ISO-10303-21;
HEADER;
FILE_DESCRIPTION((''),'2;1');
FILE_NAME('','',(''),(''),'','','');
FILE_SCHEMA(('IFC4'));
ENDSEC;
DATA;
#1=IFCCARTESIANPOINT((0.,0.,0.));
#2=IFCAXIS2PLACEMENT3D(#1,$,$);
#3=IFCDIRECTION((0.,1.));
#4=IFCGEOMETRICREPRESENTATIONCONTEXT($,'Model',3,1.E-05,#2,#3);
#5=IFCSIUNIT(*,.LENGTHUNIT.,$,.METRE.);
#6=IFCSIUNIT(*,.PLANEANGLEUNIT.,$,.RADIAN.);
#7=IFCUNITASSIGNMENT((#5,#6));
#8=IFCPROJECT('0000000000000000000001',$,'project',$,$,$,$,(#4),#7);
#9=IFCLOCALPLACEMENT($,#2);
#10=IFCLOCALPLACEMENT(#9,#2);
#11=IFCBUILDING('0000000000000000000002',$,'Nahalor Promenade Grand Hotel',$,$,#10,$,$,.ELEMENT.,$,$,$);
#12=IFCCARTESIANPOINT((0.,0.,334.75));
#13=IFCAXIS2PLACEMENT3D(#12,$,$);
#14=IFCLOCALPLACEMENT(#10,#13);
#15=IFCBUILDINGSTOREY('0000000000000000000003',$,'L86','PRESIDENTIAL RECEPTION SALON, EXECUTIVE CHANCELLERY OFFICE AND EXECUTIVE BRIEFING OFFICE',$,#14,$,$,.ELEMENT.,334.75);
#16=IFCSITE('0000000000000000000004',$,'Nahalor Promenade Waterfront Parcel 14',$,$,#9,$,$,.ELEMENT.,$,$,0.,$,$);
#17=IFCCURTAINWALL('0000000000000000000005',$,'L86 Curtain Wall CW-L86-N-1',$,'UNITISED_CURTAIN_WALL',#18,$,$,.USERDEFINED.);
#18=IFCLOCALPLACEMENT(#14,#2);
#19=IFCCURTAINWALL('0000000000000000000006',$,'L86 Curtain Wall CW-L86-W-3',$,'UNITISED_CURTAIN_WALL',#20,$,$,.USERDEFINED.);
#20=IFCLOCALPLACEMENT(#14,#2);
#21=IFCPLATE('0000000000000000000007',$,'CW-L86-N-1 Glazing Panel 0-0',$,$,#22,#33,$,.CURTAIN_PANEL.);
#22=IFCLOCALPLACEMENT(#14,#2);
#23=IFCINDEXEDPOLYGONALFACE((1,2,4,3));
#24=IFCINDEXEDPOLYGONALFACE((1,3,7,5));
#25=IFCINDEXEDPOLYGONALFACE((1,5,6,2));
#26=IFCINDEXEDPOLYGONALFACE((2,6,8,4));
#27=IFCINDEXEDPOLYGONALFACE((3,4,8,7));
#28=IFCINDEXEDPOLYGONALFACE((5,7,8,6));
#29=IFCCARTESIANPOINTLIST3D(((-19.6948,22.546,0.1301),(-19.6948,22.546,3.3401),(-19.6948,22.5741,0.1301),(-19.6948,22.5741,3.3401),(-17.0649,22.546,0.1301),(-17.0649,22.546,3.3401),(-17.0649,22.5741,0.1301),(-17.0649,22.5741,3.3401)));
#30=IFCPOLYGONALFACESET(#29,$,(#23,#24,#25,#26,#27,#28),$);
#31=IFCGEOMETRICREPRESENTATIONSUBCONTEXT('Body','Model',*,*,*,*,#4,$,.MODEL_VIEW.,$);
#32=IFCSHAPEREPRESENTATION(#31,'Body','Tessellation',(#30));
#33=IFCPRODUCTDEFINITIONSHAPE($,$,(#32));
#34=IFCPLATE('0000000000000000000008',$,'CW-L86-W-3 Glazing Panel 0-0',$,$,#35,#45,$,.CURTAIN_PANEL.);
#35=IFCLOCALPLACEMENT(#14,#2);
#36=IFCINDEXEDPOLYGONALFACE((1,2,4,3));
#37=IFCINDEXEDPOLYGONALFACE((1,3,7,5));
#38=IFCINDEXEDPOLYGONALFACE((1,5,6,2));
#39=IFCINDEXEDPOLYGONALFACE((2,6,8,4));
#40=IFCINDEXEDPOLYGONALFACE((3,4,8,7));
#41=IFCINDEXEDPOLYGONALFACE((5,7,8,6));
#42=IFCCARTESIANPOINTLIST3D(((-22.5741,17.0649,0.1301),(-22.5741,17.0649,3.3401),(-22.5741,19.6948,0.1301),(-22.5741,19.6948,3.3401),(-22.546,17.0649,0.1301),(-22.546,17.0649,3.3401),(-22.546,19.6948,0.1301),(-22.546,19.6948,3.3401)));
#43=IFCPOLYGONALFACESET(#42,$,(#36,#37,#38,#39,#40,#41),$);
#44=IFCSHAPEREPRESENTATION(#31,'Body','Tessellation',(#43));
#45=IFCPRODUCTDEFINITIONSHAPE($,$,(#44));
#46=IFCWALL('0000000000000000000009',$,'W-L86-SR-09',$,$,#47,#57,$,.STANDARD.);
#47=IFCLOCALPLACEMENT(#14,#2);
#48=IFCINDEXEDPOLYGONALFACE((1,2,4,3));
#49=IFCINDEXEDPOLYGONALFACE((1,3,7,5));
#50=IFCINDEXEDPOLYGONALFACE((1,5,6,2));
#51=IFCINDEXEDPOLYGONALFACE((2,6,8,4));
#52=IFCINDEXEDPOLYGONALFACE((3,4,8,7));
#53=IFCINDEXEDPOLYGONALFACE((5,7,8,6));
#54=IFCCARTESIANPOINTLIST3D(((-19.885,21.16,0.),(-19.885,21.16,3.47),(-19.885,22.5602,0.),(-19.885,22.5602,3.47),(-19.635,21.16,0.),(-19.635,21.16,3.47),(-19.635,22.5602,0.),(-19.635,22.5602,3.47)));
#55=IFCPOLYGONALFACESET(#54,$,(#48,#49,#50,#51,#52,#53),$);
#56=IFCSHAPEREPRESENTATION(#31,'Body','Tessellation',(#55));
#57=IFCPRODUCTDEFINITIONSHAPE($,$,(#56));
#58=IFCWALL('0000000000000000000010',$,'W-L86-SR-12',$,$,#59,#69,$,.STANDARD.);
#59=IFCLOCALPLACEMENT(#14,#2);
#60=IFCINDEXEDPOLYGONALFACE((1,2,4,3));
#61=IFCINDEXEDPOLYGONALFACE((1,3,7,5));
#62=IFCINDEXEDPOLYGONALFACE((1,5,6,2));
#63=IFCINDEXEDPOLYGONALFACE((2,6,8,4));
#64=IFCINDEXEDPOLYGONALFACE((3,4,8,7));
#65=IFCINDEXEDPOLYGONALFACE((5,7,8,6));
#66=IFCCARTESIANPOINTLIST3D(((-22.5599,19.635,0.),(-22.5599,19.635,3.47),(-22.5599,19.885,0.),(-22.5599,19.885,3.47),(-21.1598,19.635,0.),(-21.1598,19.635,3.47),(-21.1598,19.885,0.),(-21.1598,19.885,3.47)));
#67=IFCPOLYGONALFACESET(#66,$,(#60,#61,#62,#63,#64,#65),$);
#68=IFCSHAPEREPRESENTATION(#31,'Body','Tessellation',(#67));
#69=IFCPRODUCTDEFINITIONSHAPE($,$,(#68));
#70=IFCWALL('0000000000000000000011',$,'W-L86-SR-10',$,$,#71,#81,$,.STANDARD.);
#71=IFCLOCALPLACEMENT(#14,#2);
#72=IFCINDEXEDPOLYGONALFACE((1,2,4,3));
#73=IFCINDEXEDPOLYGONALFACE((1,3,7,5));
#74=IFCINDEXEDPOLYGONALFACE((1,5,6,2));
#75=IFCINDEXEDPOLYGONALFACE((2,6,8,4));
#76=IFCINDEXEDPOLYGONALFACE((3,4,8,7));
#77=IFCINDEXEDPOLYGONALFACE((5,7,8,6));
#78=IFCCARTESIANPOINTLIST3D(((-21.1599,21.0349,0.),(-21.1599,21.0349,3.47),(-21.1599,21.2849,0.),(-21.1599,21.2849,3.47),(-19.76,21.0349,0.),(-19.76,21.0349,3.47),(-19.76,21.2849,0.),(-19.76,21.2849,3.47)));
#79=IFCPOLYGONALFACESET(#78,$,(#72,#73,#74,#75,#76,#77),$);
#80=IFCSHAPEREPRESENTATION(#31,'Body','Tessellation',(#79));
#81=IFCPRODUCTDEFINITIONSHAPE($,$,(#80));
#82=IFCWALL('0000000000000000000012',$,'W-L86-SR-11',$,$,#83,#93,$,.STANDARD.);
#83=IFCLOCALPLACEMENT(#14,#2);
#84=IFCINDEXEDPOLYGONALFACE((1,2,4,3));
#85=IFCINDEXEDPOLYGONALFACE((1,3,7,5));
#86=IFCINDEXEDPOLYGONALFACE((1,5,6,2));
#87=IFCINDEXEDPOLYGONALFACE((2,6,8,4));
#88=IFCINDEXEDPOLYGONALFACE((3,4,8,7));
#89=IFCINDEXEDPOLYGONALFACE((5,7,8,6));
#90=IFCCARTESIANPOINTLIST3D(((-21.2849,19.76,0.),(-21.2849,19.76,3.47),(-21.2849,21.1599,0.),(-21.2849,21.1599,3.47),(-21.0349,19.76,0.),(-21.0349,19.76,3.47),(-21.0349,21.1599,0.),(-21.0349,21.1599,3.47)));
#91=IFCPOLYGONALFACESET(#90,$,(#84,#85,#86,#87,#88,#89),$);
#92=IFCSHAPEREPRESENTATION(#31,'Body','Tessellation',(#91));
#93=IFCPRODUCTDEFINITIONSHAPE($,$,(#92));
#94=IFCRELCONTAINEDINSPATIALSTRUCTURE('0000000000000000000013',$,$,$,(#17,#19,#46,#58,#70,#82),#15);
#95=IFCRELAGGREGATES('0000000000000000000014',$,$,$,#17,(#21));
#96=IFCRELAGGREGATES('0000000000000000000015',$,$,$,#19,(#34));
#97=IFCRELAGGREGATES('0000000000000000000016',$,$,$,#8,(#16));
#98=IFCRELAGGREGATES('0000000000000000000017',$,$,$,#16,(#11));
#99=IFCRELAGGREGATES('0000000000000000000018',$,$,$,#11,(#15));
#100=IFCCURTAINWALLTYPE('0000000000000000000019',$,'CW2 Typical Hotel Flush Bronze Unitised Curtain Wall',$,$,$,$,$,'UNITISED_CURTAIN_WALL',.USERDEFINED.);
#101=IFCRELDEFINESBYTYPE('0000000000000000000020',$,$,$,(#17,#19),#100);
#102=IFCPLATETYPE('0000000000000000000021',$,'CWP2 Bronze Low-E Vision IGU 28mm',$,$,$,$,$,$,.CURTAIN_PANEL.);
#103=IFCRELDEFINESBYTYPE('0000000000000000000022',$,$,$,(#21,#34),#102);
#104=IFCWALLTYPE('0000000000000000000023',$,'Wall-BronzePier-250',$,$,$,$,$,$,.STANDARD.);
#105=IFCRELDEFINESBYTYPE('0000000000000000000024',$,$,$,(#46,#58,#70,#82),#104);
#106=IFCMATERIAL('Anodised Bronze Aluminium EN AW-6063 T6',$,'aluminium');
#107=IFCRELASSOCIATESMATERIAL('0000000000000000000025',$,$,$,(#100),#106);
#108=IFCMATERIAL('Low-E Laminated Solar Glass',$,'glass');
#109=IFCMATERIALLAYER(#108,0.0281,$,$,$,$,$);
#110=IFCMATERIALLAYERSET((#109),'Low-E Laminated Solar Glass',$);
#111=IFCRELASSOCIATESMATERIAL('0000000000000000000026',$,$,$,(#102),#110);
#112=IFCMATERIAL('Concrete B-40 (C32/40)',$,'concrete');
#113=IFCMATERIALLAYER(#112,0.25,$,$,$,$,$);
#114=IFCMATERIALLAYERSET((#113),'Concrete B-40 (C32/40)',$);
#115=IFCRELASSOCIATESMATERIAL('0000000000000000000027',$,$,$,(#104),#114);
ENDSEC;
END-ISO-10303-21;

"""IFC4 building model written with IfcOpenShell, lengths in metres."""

from ifc_helpers import new_model, si_unit, direction, frame, frame_2d, origin, origin_2d, place, context, subcontext, project, spatial, rectangle, extrude, source, transform, mapped, material, layer, layer_set, type_object, element, aggregate, save


model = new_model("IFC4")

# Units and contexts
model_context = context("Model", 3, precision=1e-05, world=origin(), true_north=direction((0.0, 1.0)))
body_context = subcontext(model_context, "Body", "Model", "MODEL_VIEW")
ifc_project = project(units=[si_unit("LENGTHUNIT", "METRE"), si_unit("PLANEANGLEUNIT", "RADIAN")], contexts=[model_context])

# Site, building, storey
site_placement = place(None, origin())
site = spatial("IfcSite", under=ifc_project, at=site_placement, Name="Nahalor Promenade Waterfront Parcel 14", CompositionType="ELEMENT", RefElevation=0.0)
building_placement = place(site_placement, origin())
building = spatial("IfcBuilding", under=site, at=building_placement, Name="Nahalor Promenade Grand Hotel", CompositionType="ELEMENT")
storey_placement = place(building_placement, frame((0.0, 0.0, 334.75)))
storey = spatial("IfcBuildingStorey", under=building, at=storey_placement, Name="L86", Description="PRESIDENTIAL RECEPTION SALON, EXECUTIVE CHANCELLERY OFFICE AND EXECUTIVE BRIEFING OFFICE", CompositionType="ELEMENT", Elevation=334.75)

# Curtain walls
ifc_material_1 = material(Name="Anodised Bronze Aluminium EN AW-6063 T6", Category="aluminium")
curtain_wall_type = type_object("IfcCurtainWallType", Name="CW2 Typical Hotel Flush Bronze Unitised Curtain Wall", ElementType="UNITISED_CURTAIN_WALL", PredefinedType="USERDEFINED", material=ifc_material_1)
curtain_wall_1_placement = place(storey_placement, origin())
curtain_wall_1 = element("IfcCurtainWall", 1, at=curtain_wall_1_placement, inside=storey, type_object=curtain_wall_type, Name="L86 Curtain Wall CW-L86-N-1", ObjectType="UNITISED_CURTAIN_WALL", PredefinedType="USERDEFINED")
curtain_wall_2_placement = place(storey_placement, origin())
curtain_wall_2 = element("IfcCurtainWall", 2, at=curtain_wall_2_placement, inside=storey, type_object=curtain_wall_type, Name="L86 Curtain Wall CW-L86-W-3", ObjectType="UNITISED_CURTAIN_WALL", PredefinedType="USERDEFINED")

# Plates
ifc_material_2 = material(Name="Low-E Laminated Solar Glass", Category="glass")
ifc_layer_1 = layer(ifc_material_2, 0.0281)
ifc_layer_set_1 = layer_set([ifc_layer_1], Name="Low-E Laminated Solar Glass")
plate_type = type_object("IfcPlateType", Name="CWP2 Bronze Low-E Vision IGU 28mm", PredefinedType="CURTAIN_PANEL", material=ifc_layer_set_1)
shared_shape_1 = source(origin(), body_context, "Body", "SweptSolid", [
    extrude(rectangle(XDim=2.6299, YDim=0.0281, at=origin_2d()), origin(), (0.0, 0.0, 1.0), 3.21),
])
plate_1_placement = place(storey_placement, frame((-18.3799, 22.5601, 0.1301), z_axis=(0.0, 0.0, 1.0), x_axis=(1.0, 0.0, 0.0)))
plate_1 = element("IfcPlate", 3, at=plate_1_placement, type_object=plate_type, Name="CW-L86-N-1 Glazing Panel 0-0", PredefinedType="CURTAIN_PANEL", context=body_context, shape_type="MappedRepresentation", body=[
    mapped(shared_shape_1, transform((0.0, 0.0, 0.0), scale=1.0)),
])
aggregate(curtain_wall_1, [plate_1])
plate_2_placement = place(storey_placement, frame((-22.5601, 18.3799, 0.1301), z_axis=(0.0, 0.0, 1.0), x_axis=(0.0, 1.0, 0.0)))
plate_2 = element("IfcPlate", 4, at=plate_2_placement, type_object=plate_type, Name="CW-L86-W-3 Glazing Panel 0-0", PredefinedType="CURTAIN_PANEL", context=body_context, shape_type="MappedRepresentation", body=[
    mapped(shared_shape_1, transform((0.0, 0.0, 0.0), scale=1.0)),
])
aggregate(curtain_wall_2, [plate_2])

# Walls
ifc_material_3 = material(Name="Concrete B-40 (C32/40)", Category="concrete")
ifc_layer_2 = layer(ifc_material_3, 0.25)
ifc_layer_set_2 = layer_set([ifc_layer_2], Name="Concrete B-40 (C32/40)")
wall_type = type_object("IfcWallType", Name="Wall-BronzePier-250", PredefinedType="STANDARD", material=ifc_layer_set_2)
shared_shape_2 = source(origin(), body_context, "Body", "SweptSolid", [
    extrude(rectangle(XDim=1.4001, YDim=0.25, at=frame_2d((0.7002, 0.0))), origin(), (0.0, 0.0, 1.0), 3.47),
])
for number, where, z_axis, x_axis, name in (
    (5, (-19.76, 21.1599, 0.0), (0.0, 0.0, 1.0), (0.0, 1.0, 0.0), "W-L86-SR-09"),
    (6, (-22.5601, 19.76, 0.0), (0.0, 0.0, 1.0), (1.0, 0.0, 0.0), "W-L86-SR-12"),
):
    element("IfcWall", number, at=place(storey_placement, frame(where, z_axis=z_axis, x_axis=x_axis)), inside=storey, type_object=wall_type, Name=name, PredefinedType="STANDARD", context=body_context, shape_type="MappedRepresentation", body=[
        mapped(shared_shape_2, transform((0.0, 0.0, 0.0), scale=1.0)),
    ])
shared_shape_3 = source(origin(), body_context, "Body", "SweptSolid", [
    extrude(rectangle(XDim=1.3999, YDim=0.25, at=frame_2d((0.7, 0.0))), origin(), (0.0, 0.0, 1.0), 3.47),
])
for number, where, z_axis, x_axis, name in (
    (7, (-21.1599, 21.1599, 0.0), (0.0, 0.0, 1.0), (1.0, 0.0, 0.0), "W-L86-SR-10"),
    (8, (-21.1599, 19.76, 0.0), (0.0, 0.0, 1.0), (0.0, 1.0, 0.0), "W-L86-SR-11"),
):
    element("IfcWall", number, at=place(storey_placement, frame(where, z_axis=z_axis, x_axis=x_axis)), inside=storey, type_object=wall_type, Name=name, PredefinedType="STANDARD", context=body_context, shape_type="MappedRepresentation", body=[
        mapped(shared_shape_3, transform((0.0, 0.0, 0.0), scale=1.0)),
    ])

save(model, "model.ifc")
